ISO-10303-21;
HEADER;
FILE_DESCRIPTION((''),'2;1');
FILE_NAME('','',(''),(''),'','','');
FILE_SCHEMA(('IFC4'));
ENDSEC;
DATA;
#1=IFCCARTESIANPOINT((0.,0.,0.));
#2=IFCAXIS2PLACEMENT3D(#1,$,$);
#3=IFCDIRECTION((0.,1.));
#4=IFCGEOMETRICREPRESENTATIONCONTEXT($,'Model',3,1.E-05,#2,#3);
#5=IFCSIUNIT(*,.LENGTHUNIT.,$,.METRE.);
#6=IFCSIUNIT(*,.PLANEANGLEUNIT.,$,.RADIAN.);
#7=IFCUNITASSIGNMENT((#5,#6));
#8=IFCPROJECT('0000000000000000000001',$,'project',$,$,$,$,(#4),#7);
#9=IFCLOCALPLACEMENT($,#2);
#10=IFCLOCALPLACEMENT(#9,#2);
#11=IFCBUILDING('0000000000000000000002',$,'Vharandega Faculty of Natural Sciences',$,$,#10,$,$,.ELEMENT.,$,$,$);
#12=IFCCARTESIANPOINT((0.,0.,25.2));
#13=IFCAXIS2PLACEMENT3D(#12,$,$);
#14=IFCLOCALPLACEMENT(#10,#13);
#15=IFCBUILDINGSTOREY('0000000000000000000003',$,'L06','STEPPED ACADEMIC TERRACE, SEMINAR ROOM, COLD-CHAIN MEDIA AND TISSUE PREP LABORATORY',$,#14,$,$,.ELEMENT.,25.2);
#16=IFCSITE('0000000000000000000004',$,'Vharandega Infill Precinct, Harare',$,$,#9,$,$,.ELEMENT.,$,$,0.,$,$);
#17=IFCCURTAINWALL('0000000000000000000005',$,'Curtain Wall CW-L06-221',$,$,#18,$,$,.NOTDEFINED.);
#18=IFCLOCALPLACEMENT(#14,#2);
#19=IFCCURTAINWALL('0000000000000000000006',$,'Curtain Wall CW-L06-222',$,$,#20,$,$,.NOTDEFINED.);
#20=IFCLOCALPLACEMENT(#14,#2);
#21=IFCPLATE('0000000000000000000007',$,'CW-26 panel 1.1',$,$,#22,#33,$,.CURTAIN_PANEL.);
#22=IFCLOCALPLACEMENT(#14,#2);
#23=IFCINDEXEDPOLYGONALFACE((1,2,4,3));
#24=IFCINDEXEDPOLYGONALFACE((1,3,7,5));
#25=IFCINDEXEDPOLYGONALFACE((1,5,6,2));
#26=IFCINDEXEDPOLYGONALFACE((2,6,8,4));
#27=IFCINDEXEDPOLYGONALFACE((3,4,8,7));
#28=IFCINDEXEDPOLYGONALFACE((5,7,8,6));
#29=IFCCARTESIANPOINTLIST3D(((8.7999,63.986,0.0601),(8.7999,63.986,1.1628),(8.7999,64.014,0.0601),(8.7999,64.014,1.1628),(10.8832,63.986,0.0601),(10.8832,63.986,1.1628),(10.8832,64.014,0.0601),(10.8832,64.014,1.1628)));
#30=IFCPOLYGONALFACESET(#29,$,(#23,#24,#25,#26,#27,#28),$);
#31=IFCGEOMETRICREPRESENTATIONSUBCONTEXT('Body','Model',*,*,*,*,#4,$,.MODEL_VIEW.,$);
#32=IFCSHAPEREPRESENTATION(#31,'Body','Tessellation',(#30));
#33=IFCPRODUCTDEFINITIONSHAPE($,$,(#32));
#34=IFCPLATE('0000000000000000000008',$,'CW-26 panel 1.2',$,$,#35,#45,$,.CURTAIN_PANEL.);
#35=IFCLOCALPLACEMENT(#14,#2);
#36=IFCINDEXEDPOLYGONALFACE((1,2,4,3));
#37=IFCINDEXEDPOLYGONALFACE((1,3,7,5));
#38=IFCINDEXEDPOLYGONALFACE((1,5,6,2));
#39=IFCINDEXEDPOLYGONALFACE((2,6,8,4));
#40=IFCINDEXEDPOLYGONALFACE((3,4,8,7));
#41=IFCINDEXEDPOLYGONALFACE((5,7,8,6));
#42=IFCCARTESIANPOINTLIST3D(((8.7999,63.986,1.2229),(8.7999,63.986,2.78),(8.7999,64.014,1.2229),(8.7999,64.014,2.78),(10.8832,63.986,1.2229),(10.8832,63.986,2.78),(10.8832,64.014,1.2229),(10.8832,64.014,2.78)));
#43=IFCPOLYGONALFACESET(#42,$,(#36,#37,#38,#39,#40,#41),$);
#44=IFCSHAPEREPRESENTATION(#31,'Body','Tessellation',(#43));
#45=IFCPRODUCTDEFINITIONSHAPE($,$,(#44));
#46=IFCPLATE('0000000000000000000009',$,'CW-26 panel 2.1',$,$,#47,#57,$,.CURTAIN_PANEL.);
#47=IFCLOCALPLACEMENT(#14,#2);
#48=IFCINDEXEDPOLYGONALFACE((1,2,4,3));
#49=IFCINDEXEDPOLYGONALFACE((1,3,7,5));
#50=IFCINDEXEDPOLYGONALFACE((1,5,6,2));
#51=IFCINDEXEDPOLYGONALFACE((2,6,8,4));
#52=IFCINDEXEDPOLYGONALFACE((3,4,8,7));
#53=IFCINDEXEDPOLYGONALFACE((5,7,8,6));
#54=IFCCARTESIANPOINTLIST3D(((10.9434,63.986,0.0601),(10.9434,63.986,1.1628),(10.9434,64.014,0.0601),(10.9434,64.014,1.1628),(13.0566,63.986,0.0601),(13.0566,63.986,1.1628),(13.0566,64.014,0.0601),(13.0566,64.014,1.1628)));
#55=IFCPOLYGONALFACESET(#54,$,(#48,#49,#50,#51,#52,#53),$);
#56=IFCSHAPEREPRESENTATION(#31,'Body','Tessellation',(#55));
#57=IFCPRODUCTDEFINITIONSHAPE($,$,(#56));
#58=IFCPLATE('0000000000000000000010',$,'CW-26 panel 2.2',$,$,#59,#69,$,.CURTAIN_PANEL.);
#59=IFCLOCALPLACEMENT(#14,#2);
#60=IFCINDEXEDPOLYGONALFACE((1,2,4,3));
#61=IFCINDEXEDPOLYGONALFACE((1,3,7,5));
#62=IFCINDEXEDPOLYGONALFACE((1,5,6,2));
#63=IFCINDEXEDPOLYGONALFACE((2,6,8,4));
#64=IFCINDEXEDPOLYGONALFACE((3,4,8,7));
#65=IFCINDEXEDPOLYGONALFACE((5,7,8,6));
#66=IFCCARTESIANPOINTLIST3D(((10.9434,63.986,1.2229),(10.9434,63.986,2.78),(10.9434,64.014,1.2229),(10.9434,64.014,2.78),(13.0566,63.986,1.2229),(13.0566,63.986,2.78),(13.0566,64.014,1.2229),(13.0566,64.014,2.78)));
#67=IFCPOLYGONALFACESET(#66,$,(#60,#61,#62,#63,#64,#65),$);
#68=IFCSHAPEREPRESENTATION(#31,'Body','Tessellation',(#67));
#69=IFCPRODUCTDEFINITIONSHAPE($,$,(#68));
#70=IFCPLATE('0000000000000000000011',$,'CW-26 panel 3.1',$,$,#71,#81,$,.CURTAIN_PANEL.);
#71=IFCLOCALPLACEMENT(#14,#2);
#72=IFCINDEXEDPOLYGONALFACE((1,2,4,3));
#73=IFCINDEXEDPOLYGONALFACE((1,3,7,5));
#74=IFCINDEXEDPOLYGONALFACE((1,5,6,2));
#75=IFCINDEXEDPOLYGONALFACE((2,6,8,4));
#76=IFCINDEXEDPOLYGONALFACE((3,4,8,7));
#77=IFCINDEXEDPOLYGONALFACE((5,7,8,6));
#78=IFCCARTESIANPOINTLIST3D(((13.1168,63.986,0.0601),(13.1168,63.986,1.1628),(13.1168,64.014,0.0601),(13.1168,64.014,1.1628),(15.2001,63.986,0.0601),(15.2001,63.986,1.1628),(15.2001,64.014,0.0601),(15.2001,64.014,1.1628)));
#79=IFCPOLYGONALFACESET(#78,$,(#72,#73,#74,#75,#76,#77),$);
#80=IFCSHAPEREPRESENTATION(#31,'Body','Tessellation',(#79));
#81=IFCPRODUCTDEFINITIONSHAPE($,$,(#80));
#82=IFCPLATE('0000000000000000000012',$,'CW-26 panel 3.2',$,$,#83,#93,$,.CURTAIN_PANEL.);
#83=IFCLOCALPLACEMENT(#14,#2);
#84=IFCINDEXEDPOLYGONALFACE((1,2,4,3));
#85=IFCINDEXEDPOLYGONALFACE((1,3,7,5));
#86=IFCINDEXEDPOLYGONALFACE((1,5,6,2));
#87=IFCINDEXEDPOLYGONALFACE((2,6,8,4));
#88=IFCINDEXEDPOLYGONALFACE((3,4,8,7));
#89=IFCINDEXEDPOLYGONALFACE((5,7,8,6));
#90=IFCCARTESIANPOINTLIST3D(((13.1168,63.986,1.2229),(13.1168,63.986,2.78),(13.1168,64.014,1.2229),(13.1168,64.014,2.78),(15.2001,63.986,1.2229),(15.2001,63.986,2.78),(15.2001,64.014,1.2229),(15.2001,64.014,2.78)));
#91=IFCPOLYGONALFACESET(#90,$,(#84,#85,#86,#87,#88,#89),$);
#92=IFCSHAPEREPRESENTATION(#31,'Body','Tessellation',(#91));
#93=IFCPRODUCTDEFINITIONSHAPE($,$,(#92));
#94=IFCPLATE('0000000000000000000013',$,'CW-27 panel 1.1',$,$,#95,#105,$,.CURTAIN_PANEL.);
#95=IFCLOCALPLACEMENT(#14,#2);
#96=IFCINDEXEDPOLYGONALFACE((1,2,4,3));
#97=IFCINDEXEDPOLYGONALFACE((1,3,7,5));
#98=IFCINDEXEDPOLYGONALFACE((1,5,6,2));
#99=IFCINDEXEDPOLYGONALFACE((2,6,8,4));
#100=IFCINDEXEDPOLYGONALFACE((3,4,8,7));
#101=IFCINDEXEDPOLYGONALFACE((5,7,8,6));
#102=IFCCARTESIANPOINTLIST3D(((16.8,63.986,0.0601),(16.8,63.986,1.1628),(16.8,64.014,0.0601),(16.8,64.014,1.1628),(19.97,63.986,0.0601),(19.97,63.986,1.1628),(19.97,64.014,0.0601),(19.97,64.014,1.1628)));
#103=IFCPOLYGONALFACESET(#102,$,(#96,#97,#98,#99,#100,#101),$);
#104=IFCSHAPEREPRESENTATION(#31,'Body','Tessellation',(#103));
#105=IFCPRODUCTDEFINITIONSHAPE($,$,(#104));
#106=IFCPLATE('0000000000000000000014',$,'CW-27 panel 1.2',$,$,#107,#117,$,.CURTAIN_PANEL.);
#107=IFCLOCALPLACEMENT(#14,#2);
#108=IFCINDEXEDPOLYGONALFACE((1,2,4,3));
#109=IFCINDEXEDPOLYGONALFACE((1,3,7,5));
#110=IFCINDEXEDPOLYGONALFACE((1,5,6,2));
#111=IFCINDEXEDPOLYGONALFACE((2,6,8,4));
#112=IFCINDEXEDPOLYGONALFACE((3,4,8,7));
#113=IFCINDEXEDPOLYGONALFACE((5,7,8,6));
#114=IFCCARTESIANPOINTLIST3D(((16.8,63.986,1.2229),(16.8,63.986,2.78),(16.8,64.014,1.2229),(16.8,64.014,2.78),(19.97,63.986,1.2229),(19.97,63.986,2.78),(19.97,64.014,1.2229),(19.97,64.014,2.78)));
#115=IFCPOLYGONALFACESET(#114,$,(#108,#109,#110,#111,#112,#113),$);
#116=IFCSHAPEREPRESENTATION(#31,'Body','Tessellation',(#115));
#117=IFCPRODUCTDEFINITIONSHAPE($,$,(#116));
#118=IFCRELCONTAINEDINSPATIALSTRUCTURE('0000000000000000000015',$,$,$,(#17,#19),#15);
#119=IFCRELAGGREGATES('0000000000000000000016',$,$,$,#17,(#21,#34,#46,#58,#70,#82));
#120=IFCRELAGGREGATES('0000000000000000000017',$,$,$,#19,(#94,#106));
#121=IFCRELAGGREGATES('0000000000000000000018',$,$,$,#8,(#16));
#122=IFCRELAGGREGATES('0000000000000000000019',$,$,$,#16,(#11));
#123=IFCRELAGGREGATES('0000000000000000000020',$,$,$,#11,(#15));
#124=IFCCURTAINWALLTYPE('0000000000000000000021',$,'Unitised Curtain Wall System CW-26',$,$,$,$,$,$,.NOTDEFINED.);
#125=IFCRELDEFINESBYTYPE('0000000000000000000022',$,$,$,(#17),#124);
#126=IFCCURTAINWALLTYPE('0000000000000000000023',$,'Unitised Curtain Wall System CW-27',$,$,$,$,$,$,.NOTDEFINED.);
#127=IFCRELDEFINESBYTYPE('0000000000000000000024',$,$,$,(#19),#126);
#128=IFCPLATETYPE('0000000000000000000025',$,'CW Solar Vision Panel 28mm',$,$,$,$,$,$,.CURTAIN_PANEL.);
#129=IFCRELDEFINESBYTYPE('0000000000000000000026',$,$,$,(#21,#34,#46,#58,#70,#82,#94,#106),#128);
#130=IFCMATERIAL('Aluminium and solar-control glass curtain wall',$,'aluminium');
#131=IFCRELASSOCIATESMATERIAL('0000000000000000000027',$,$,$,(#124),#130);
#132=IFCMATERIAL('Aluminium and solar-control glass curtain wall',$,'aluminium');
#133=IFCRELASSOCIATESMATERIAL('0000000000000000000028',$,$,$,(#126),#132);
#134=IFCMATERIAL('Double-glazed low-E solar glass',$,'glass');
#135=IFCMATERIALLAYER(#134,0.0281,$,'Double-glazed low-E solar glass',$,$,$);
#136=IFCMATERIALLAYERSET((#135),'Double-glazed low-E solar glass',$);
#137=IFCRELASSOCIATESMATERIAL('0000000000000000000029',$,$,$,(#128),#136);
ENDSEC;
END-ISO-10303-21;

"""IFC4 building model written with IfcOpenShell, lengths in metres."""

from ifc_helpers import new_model, si_unit, direction, frame, origin, origin_2d, place, context, subcontext, project, spatial, rectangle, extrude, material, layer, layer_set, type_object, element, aggregate, save


model = new_model("IFC4")

# Units and contexts
model_context = context("Model", 3, precision=1e-05, world=origin(), true_north=direction((0.0, 1.0)))
body_context = subcontext(model_context, "Body", "Model", "MODEL_VIEW")
ifc_project = project(units=[si_unit("LENGTHUNIT", "METRE"), si_unit("PLANEANGLEUNIT", "RADIAN")], contexts=[model_context])

# Site, building, storey
site_placement = place(None, origin())
site = spatial("IfcSite", under=ifc_project, at=site_placement, Name="Vharandega Infill Precinct, Harare", CompositionType="ELEMENT", RefElevation=0.0)
building_placement = place(site_placement, origin())
building = spatial("IfcBuilding", under=site, at=building_placement, Name="Vharandega Faculty of Natural Sciences", CompositionType="ELEMENT")
storey_placement = place(building_placement, frame((0.0, 0.0, 25.2)))
storey = spatial("IfcBuildingStorey", under=building, at=storey_placement, Name="L06", Description="STEPPED ACADEMIC TERRACE, SEMINAR ROOM, COLD-CHAIN MEDIA AND TISSUE PREP LABORATORY", CompositionType="ELEMENT", Elevation=25.2)

# Curtain wall
ifc_material_1 = material(Name="Aluminium and solar-control glass curtain wall", Category="aluminium")
curtain_wall_type_1 = type_object("IfcCurtainWallType", Name="Unitised Curtain Wall System CW-26", PredefinedType="NOTDEFINED", material=ifc_material_1)
curtain_wall_1_placement = place(storey_placement, origin())
curtain_wall_1 = element("IfcCurtainWall", 1, at=curtain_wall_1_placement, inside=storey, type_object=curtain_wall_type_1, Name="Curtain Wall CW-L06-221", PredefinedType="NOTDEFINED")

# Curtain wall
ifc_material_2 = material(Name="Aluminium and solar-control glass curtain wall", Category="aluminium")
curtain_wall_type_2 = type_object("IfcCurtainWallType", Name="Unitised Curtain Wall System CW-27", PredefinedType="NOTDEFINED", material=ifc_material_2)
curtain_wall_2_placement = place(storey_placement, origin())
curtain_wall_2 = element("IfcCurtainWall", 2, at=curtain_wall_2_placement, inside=storey, type_object=curtain_wall_type_2, Name="Curtain Wall CW-L06-222", PredefinedType="NOTDEFINED")

# Plates
ifc_material_3 = material(Name="Double-glazed low-E solar glass", Category="glass")
ifc_layer = layer(ifc_material_3, 0.0281, Name="Double-glazed low-E solar glass")
ifc_layer_set = layer_set([ifc_layer], Name="Double-glazed low-E solar glass")
plate_type = type_object("IfcPlateType", Name="CW Solar Vision Panel 28mm", PredefinedType="CURTAIN_PANEL", material=ifc_layer_set)
plate_1_placement = place(storey_placement, frame((9.8416, 64.0, 0.0601), z_axis=(0.0, 0.0, 1.0), x_axis=(1.0, 0.0, 0.0)))
plate_1 = element("IfcPlate", 3, at=plate_1_placement, type_object=plate_type, Name="CW-26 panel 1.1", PredefinedType="CURTAIN_PANEL", context=body_context, shape_type="SweptSolid", body=[
    extrude(rectangle(XDim=2.0833, YDim=0.0281, at=origin_2d()), origin(), (0.0, 0.0, 1.0), 1.1028),
])
plate_2_placement = place(storey_placement, frame((9.8416, 64.0, 1.2229), z_axis=(0.0, 0.0, 1.0), x_axis=(1.0, 0.0, 0.0)))
plate_2 = element("IfcPlate", 4, at=plate_2_placement, type_object=plate_type, Name="CW-26 panel 1.2", PredefinedType="CURTAIN_PANEL", context=body_context, shape_type="SweptSolid", body=[
    extrude(rectangle(XDim=2.0833, YDim=0.0281, at=origin_2d()), origin(), (0.0, 0.0, 1.0), 1.5571),
])
plate_3_placement = place(storey_placement, frame((12.0, 64.0, 0.0601), z_axis=(0.0, 0.0, 1.0), x_axis=(1.0, 0.0, 0.0)))
plate_3 = element("IfcPlate", 5, at=plate_3_placement, type_object=plate_type, Name="CW-26 panel 2.1", PredefinedType="CURTAIN_PANEL", context=body_context, shape_type="SweptSolid", body=[
    extrude(rectangle(XDim=2.1133, YDim=0.0281, at=origin_2d()), origin(), (0.0, 0.0, 1.0), 1.1028),
])
plate_4_placement = place(storey_placement, frame((12.0, 64.0, 1.2229), z_axis=(0.0, 0.0, 1.0), x_axis=(1.0, 0.0, 0.0)))
plate_4 = element("IfcPlate", 6, at=plate_4_placement, type_object=plate_type, Name="CW-26 panel 2.2", PredefinedType="CURTAIN_PANEL", context=body_context, shape_type="SweptSolid", body=[
    extrude(rectangle(XDim=2.1133, YDim=0.0281, at=origin_2d()), origin(), (0.0, 0.0, 1.0), 1.5571),
])
plate_5_placement = place(storey_placement, frame((14.1584, 64.0, 0.0601), z_axis=(0.0, 0.0, 1.0), x_axis=(1.0, 0.0, 0.0)))
plate_5 = element("IfcPlate", 7, at=plate_5_placement, type_object=plate_type, Name="CW-26 panel 3.1", PredefinedType="CURTAIN_PANEL", context=body_context, shape_type="SweptSolid", body=[
    extrude(rectangle(XDim=2.0833, YDim=0.0281, at=origin_2d()), origin(), (0.0, 0.0, 1.0), 1.1028),
])
plate_6_placement = place(storey_placement, frame((14.1584, 64.0, 1.2229), z_axis=(0.0, 0.0, 1.0), x_axis=(1.0, 0.0, 0.0)))
plate_6 = element("IfcPlate", 8, at=plate_6_placement, type_object=plate_type, Name="CW-26 panel 3.2", PredefinedType="CURTAIN_PANEL", context=body_context, shape_type="SweptSolid", body=[
    extrude(rectangle(XDim=2.0833, YDim=0.0281, at=origin_2d()), origin(), (0.0, 0.0, 1.0), 1.5571),
])
aggregate(curtain_wall_1, [plate_1, plate_2, plate_3, plate_4, plate_5, plate_6])
plate_7_placement = place(storey_placement, frame((18.385, 64.0, 0.0601), z_axis=(0.0, 0.0, 1.0), x_axis=(1.0, 0.0, 0.0)))
plate_7 = element("IfcPlate", 9, at=plate_7_placement, type_object=plate_type, Name="CW-27 panel 1.1", PredefinedType="CURTAIN_PANEL", context=body_context, shape_type="SweptSolid", body=[
    extrude(rectangle(XDim=3.1699, YDim=0.0281, at=origin_2d()), origin(), (0.0, 0.0, 1.0), 1.1028),
])
plate_8_placement = place(storey_placement, frame((18.385, 64.0, 1.2229), z_axis=(0.0, 0.0, 1.0), x_axis=(1.0, 0.0, 0.0)))
plate_8 = element("IfcPlate", 10, at=plate_8_placement, type_object=plate_type, Name="CW-27 panel 1.2", PredefinedType="CURTAIN_PANEL", context=body_context, shape_type="SweptSolid", body=[
    extrude(rectangle(XDim=3.1699, YDim=0.0281, at=origin_2d()), origin(), (0.0, 0.0, 1.0), 1.5571),
])
aggregate(curtain_wall_2, [plate_7, plate_8])

save(model, "model.ifc")
